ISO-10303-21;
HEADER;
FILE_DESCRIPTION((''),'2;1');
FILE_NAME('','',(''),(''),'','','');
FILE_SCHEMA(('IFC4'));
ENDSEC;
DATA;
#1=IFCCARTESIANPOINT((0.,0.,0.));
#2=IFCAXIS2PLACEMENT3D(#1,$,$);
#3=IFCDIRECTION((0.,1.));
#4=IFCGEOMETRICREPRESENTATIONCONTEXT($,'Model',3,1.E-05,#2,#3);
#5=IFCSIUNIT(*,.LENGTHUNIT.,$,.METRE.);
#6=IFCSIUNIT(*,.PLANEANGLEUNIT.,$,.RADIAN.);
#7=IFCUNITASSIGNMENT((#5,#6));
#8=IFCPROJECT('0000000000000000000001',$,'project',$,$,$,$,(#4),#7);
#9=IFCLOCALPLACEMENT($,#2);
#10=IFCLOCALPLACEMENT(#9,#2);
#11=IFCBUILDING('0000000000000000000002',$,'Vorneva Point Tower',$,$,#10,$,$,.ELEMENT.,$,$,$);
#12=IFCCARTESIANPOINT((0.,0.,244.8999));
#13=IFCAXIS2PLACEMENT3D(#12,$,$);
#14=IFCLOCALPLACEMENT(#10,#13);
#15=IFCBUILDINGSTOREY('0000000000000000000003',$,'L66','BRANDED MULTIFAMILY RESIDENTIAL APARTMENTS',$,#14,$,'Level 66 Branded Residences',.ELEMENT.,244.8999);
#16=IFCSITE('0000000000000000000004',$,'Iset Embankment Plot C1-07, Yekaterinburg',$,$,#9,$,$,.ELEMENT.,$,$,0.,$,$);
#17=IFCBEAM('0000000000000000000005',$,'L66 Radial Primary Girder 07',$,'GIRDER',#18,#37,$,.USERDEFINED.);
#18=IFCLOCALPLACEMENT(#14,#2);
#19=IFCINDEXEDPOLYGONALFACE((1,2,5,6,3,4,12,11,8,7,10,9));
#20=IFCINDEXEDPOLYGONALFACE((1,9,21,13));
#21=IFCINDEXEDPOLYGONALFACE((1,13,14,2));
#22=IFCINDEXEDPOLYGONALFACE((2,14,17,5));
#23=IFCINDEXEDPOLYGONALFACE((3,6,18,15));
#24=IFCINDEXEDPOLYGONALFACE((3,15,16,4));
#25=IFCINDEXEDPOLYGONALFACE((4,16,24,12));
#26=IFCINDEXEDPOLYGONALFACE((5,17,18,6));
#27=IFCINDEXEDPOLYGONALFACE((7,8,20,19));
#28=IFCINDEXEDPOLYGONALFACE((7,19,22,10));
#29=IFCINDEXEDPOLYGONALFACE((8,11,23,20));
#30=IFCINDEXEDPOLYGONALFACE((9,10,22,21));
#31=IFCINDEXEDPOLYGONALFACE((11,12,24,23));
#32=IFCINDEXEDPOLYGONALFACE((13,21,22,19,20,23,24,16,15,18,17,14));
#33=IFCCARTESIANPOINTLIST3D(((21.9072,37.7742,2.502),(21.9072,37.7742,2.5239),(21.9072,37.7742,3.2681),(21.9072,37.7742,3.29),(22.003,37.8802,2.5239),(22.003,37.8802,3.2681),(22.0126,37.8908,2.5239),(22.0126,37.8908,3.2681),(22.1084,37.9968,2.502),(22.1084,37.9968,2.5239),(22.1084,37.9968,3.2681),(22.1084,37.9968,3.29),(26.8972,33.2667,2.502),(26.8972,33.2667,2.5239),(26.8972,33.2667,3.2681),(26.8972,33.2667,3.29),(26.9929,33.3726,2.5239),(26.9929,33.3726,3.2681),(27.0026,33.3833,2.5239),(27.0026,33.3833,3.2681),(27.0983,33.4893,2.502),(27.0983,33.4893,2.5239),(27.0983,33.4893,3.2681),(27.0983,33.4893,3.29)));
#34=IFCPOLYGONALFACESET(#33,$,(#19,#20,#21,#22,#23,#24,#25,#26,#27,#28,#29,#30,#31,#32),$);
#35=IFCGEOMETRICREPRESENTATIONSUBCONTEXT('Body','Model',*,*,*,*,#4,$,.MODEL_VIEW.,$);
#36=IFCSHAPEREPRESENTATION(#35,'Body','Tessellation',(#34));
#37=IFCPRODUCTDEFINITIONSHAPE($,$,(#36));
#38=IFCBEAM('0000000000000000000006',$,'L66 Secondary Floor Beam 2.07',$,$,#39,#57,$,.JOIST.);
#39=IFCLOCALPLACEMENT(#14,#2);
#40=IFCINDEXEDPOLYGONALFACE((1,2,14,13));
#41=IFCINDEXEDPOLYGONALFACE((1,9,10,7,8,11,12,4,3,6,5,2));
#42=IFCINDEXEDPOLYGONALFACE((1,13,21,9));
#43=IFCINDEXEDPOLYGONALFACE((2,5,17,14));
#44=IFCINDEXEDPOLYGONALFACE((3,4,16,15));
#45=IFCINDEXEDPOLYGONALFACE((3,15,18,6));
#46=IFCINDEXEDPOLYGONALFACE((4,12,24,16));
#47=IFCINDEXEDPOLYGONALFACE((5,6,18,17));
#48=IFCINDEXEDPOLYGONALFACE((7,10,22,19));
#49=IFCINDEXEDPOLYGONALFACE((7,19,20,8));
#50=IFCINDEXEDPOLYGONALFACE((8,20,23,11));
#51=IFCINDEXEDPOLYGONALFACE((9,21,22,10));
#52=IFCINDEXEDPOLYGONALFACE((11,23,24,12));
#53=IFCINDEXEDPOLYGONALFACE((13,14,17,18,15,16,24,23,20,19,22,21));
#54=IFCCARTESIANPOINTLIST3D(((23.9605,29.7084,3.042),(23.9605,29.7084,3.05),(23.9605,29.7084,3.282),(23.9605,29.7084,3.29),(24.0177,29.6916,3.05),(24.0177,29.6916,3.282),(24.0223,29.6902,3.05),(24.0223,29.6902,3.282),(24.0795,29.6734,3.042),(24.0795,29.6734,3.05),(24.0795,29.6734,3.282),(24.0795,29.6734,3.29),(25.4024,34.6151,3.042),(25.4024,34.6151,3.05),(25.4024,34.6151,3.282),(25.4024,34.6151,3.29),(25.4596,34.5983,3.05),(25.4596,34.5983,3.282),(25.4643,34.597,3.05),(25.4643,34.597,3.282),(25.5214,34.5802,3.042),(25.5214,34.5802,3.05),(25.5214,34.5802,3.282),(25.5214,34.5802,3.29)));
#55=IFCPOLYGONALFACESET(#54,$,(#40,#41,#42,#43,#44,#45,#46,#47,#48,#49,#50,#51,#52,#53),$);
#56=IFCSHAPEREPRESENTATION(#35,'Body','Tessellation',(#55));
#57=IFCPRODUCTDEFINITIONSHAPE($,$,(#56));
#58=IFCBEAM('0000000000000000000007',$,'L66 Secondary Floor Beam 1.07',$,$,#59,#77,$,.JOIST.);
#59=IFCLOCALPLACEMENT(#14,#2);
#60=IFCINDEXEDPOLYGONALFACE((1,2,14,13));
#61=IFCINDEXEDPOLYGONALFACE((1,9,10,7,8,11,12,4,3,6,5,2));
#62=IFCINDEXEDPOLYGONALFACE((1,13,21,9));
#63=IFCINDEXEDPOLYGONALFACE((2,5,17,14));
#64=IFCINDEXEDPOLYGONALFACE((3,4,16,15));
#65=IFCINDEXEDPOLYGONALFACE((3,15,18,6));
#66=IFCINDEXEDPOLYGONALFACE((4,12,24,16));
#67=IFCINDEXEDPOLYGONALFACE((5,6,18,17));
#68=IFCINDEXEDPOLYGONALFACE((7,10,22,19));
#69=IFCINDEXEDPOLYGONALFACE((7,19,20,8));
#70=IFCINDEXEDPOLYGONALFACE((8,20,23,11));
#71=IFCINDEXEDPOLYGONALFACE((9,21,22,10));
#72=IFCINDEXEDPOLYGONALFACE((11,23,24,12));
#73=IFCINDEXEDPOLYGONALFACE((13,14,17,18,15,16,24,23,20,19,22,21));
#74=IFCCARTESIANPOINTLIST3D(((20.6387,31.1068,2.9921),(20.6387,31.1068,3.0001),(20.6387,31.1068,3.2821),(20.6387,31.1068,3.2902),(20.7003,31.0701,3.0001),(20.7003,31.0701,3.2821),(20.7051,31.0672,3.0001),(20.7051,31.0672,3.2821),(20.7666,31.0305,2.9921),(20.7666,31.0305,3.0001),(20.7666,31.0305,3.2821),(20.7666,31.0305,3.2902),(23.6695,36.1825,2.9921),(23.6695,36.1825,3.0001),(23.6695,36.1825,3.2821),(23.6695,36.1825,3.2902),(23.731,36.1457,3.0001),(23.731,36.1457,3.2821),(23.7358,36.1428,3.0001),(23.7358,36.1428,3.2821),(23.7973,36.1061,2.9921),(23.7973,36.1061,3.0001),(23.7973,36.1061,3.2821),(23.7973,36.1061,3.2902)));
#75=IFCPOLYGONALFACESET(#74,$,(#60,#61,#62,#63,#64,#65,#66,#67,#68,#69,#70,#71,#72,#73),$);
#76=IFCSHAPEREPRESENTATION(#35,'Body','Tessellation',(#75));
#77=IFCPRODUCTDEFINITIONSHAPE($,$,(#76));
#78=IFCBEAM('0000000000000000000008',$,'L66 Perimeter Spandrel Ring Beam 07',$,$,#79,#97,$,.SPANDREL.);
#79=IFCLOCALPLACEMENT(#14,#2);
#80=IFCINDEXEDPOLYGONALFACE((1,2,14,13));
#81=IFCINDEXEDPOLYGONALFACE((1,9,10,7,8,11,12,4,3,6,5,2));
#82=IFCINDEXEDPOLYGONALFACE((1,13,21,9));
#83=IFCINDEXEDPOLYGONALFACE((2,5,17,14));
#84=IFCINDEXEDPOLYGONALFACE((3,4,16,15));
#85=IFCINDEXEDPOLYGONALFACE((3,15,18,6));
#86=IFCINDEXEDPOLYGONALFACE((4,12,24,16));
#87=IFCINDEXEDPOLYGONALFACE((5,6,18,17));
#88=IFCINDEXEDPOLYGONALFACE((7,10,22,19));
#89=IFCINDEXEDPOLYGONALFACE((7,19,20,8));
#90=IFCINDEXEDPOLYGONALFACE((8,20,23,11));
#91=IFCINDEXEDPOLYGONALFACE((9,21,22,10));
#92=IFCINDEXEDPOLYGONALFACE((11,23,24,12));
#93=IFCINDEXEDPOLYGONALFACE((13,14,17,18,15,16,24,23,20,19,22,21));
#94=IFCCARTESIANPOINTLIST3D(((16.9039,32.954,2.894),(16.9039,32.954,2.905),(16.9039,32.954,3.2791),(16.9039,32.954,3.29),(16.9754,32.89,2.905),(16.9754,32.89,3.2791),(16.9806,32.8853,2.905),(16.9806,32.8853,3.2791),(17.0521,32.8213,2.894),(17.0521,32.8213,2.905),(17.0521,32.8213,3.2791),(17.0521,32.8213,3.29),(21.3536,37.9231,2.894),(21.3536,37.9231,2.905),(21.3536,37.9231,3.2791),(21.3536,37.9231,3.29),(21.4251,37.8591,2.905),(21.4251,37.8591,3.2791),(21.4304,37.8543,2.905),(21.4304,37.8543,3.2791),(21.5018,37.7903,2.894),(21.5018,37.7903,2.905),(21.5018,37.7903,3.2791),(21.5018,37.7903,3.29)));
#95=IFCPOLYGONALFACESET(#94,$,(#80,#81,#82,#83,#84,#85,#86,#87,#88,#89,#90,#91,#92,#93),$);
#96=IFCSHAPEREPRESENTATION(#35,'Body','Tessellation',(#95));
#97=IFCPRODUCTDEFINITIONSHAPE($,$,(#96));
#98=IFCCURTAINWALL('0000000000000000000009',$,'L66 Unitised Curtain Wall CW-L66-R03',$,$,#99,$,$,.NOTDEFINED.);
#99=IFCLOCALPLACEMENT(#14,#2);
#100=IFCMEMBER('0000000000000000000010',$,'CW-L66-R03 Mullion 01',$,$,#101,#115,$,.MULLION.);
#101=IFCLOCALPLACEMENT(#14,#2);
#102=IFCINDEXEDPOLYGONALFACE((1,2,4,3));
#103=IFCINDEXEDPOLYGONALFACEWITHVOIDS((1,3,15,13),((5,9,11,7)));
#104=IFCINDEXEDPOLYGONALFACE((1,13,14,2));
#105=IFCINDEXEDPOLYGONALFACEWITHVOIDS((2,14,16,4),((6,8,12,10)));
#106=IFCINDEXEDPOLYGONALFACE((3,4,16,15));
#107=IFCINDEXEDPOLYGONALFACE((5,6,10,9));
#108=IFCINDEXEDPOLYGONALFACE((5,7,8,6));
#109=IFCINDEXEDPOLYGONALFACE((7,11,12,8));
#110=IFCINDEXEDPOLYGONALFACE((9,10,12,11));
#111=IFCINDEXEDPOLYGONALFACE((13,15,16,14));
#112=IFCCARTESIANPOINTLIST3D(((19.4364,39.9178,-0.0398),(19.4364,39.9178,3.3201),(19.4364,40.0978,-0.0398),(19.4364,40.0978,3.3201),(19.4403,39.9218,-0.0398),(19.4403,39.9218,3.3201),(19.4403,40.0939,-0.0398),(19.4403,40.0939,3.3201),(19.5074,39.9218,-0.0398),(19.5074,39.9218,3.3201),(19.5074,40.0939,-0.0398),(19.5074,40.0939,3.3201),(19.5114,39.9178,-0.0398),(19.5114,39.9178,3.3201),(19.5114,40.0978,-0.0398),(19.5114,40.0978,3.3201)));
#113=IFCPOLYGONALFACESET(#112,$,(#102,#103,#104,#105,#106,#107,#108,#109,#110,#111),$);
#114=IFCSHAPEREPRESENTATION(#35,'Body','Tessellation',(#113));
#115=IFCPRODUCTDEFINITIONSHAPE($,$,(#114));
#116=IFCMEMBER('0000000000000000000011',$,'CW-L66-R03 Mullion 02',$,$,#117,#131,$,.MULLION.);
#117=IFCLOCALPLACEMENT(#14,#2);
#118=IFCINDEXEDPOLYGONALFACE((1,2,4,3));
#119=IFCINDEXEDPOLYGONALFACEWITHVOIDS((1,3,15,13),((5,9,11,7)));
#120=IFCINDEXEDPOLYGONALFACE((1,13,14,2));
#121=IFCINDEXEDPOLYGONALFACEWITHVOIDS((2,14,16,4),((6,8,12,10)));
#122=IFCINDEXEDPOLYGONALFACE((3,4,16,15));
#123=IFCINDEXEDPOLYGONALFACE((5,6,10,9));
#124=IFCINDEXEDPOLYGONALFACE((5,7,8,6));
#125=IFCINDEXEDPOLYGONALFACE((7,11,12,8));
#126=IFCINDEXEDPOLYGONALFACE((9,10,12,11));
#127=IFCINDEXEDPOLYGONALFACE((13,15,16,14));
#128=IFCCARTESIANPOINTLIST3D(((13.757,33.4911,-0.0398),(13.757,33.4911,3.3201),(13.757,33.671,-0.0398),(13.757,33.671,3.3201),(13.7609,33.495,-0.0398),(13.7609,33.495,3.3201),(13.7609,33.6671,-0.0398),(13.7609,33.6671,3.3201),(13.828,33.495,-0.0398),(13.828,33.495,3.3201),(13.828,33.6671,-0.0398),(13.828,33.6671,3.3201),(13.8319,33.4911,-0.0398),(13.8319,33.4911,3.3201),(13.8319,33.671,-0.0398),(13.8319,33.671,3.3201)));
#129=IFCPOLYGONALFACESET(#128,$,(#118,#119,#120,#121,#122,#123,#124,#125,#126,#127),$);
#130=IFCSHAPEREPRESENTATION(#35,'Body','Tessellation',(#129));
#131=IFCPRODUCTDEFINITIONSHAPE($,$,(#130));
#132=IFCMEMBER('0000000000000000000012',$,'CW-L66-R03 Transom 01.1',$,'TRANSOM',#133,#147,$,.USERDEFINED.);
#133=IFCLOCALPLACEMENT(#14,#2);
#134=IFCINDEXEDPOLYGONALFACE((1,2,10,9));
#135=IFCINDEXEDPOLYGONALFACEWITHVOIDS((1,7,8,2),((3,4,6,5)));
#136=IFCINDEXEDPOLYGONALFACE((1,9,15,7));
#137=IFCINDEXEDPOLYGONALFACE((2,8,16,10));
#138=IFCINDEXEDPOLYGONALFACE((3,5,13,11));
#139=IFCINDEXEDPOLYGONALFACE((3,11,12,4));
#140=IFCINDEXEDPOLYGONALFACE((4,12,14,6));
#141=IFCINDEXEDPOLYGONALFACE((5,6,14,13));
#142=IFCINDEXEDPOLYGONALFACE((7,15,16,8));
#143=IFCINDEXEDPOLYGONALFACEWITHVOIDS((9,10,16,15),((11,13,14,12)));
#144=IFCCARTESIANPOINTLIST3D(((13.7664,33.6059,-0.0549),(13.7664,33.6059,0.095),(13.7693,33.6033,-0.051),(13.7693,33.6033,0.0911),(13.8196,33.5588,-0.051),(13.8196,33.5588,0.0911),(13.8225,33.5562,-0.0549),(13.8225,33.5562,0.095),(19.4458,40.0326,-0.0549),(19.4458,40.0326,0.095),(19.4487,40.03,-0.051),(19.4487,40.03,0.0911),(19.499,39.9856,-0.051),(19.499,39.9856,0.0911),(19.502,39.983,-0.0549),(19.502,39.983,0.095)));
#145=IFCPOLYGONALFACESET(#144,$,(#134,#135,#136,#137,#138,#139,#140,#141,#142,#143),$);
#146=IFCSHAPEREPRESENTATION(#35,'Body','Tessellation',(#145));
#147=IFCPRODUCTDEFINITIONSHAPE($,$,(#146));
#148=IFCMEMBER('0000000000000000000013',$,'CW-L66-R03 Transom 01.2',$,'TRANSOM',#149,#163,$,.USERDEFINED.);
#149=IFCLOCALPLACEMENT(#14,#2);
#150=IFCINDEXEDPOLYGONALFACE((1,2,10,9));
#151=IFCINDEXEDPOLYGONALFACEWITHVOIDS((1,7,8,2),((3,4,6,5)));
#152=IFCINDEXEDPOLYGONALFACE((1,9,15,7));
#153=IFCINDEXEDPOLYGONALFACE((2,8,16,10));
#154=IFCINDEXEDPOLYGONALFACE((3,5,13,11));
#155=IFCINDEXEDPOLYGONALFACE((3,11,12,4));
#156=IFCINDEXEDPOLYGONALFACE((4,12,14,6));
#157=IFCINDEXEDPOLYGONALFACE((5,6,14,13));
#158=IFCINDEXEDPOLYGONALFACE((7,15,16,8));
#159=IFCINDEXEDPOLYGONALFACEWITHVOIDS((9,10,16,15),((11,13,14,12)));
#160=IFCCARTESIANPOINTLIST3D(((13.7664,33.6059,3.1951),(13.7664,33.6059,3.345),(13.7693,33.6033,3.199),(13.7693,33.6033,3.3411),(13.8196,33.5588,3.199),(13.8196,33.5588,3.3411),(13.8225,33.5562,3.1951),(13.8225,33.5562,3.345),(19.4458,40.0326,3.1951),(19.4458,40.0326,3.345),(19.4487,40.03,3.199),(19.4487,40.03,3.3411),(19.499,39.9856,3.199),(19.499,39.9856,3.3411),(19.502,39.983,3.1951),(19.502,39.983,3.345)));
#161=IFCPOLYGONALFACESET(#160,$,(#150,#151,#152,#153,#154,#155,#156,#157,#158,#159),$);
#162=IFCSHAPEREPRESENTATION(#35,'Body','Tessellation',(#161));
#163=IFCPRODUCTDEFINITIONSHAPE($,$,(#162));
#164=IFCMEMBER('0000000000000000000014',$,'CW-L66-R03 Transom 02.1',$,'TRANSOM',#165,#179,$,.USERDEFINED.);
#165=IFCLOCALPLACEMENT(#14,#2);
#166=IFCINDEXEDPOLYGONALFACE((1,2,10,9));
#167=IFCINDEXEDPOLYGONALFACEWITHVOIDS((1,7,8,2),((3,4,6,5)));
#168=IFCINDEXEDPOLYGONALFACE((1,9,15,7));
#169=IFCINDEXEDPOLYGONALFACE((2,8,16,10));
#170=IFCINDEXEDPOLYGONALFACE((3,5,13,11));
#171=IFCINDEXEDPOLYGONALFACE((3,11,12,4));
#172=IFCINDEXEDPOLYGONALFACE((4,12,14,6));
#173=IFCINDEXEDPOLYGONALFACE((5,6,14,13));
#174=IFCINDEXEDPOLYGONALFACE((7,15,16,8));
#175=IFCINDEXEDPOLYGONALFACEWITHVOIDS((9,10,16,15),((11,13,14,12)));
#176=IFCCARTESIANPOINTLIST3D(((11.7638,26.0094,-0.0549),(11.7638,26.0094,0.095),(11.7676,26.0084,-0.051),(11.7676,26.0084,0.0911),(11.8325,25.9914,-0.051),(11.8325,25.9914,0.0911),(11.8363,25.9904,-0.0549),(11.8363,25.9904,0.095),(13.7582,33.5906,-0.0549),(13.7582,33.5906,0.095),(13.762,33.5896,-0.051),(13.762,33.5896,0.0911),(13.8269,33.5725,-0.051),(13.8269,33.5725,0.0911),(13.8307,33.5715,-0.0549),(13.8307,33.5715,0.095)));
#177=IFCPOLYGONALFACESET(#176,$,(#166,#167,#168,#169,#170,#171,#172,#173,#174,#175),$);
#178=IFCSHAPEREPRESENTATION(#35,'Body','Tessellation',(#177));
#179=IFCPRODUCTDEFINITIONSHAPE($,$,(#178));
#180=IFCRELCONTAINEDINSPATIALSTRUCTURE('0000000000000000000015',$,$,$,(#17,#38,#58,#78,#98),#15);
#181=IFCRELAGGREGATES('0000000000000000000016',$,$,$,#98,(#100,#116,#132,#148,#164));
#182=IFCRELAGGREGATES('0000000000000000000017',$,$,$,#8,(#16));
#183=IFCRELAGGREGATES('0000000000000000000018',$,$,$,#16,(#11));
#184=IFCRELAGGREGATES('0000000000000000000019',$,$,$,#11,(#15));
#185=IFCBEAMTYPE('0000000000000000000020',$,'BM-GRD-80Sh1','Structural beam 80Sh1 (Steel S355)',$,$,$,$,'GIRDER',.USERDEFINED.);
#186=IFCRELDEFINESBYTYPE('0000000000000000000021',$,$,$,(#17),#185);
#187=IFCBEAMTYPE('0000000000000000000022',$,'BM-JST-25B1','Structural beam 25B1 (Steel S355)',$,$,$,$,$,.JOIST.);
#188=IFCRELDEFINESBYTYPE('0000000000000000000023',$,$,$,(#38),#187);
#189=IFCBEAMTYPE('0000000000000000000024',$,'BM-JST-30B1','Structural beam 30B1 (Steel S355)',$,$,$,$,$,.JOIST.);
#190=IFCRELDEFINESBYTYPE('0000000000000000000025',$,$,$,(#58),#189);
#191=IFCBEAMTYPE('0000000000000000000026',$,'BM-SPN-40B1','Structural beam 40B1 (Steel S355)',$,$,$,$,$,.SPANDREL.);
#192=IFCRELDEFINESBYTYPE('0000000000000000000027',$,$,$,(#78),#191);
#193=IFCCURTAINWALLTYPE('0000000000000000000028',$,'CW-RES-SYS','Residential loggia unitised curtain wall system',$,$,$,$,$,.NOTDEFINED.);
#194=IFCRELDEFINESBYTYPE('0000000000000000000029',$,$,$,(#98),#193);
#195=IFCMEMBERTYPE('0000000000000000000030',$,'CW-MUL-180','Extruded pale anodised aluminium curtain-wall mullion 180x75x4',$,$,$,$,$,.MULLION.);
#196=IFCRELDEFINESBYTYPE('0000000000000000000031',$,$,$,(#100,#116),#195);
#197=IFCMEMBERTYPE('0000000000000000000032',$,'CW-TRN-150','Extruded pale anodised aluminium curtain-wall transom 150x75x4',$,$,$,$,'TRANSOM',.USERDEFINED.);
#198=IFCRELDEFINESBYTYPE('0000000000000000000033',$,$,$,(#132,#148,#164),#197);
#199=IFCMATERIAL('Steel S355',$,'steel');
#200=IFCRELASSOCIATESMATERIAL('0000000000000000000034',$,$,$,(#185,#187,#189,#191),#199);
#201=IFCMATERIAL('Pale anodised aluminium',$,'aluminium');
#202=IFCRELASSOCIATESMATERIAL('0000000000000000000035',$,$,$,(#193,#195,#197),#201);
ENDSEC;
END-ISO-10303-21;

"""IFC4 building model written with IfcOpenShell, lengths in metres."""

from ifc_helpers import new_model, si_unit, direction, frame, origin, origin_2d, place, context, subcontext, project, spatial, hollow_rectangle, i_section, extrude, material, material_profile, profile_set, type_object, element, aggregate, save


model = new_model("IFC4")

# Units and contexts
model_context = context("Model", 3, precision=1e-05, world=origin(), true_north=direction((0.0, 1.0)))
body_context = subcontext(model_context, "Body", "Model", "MODEL_VIEW")
ifc_project = project(units=[si_unit("LENGTHUNIT", "METRE"), si_unit("PLANEANGLEUNIT", "RADIAN")], contexts=[model_context])

# Site, building, storey
site_placement = place(None, origin())
site = spatial("IfcSite", under=ifc_project, at=site_placement, Name="Iset Embankment Plot C1-07, Yekaterinburg", CompositionType="ELEMENT", RefElevation=0.0)
building_placement = place(site_placement, origin())
building = spatial("IfcBuilding", under=site, at=building_placement, Name="Vorneva Point Tower", CompositionType="ELEMENT")
storey_placement = place(building_placement, frame((0.0, 0.0, 244.8999)))
storey = spatial("IfcBuildingStorey", under=building, at=storey_placement, Name="L66", Description="BRANDED MULTIFAMILY RESIDENTIAL APARTMENTS", LongName="Level 66 Branded Residences", CompositionType="ELEMENT", Elevation=244.8999)

# Beams
ifc_material_1 = material(Name="Steel S355", Category="steel")
ifc_material_profile_1 = material_profile(ifc_material_1, i_section(OverallWidth=0.3, OverallDepth=0.7881, WebThickness=0.0144, FlangeThickness=0.022, at=origin_2d()), Name="80Sh1")
ifc_profile_set_1 = profile_set([ifc_material_profile_1], Name="Steel S355")
beam_type_1 = type_object("IfcBeamType", Name="BM-GRD-80Sh1", Description="Structural beam 80Sh1 (Steel S355)", ElementType="GIRDER", PredefinedType="USERDEFINED", material=ifc_profile_set_1)
beam_1_placement = place(storey_placement, frame((22.0078, 37.8855, 2.896), z_axis=(0.742067, -0.670326, 0.0), x_axis=(0.670326, 0.742067, 0.0)))
element("IfcBeam", 1, at=beam_1_placement, inside=storey, type_object=beam_type_1, Name="L66 Radial Primary Girder 07", ObjectType="GIRDER", PredefinedType="USERDEFINED", context=body_context, shape_type="SweptSolid", body=[
    extrude(i_section(OverallWidth=0.3, OverallDepth=0.7881, WebThickness=0.0144, FlangeThickness=0.022, at=origin_2d()), origin(), (0.0, 0.0, 1.0), 6.7244),
])
ifc_material_profile_2 = material_profile(ifc_material_1, i_section(OverallWidth=0.124, OverallDepth=0.248, WebThickness=0.0049, FlangeThickness=0.0081, at=origin_2d()), Name="25B1")
ifc_profile_set_2 = profile_set([ifc_material_profile_2], Name="Steel S355")
beam_type_2 = type_object("IfcBeamType", Name="BM-JST-25B1", Description="Structural beam 25B1 (Steel S355)", PredefinedType="JOIST", material=ifc_profile_set_2)
beam_2_placement = place(storey_placement, frame((25.4619, 34.5977, 3.166), z_axis=(-0.281939, -0.959432, 0.0), x_axis=(0.959432, -0.281939, 0.0)))
element("IfcBeam", 2, at=beam_2_placement, inside=storey, type_object=beam_type_2, Name="L66 Secondary Floor Beam 2.07", PredefinedType="JOIST", context=body_context, shape_type="SweptSolid", body=[
    extrude(i_section(OverallWidth=0.124, OverallDepth=0.248, WebThickness=0.0049, FlangeThickness=0.0081, at=origin_2d()), origin(), (0.0, 0.0, 1.0), 5.1143),
])
ifc_material_profile_3 = material_profile(ifc_material_1, i_section(OverallWidth=0.1489, OverallDepth=0.2981, WebThickness=0.0056, FlangeThickness=0.0081, at=origin_2d()), Name="30B1")
ifc_profile_set_3 = profile_set([ifc_material_profile_3], Name="Steel S355")
beam_type_3 = type_object("IfcBeamType", Name="BM-JST-30B1", Description="Structural beam 30B1 (Steel S355)", PredefinedType="JOIST", material=ifc_profile_set_3)
beam_3_placement = place(storey_placement, frame((23.7334, 36.1443, 3.1411), z_axis=(-0.512673, -0.858584, 0.0), x_axis=(0.858584, -0.512673, 0.0)))
element("IfcBeam", 3, at=beam_3_placement, inside=storey, type_object=beam_type_3, Name="L66 Secondary Floor Beam 1.07", PredefinedType="JOIST", context=body_context, shape_type="SweptSolid", body=[
    extrude(i_section(OverallWidth=0.1489, OverallDepth=0.2981, WebThickness=0.0056, FlangeThickness=0.0081, at=origin_2d()), origin(), (0.0, 0.0, 1.0), 5.9116),
])
ifc_material_profile_4 = material_profile(ifc_material_1, i_section(OverallWidth=0.199, OverallDepth=0.396, WebThickness=0.0071, FlangeThickness=0.011, at=origin_2d()), Name="40B1")
ifc_profile_set_4 = profile_set([ifc_material_profile_4], Name="Steel S355")
beam_type_4 = type_object("IfcBeamType", Name="BM-SPN-40B1", Description="Structural beam 40B1 (Steel S355)", PredefinedType="SPANDREL", material=ifc_profile_set_4)
beam_4_placement = place(storey_placement, frame((21.4277, 37.8567, 3.092), z_axis=(-0.667108, -0.744961, 0.0), x_axis=(0.744961, -0.667108, 0.0)))
element("IfcBeam", 4, at=beam_4_placement, inside=storey, type_object=beam_type_4, Name="L66 Perimeter Spandrel Ring Beam 07", PredefinedType="SPANDREL", context=body_context, shape_type="SweptSolid", body=[
    extrude(i_section(OverallWidth=0.199, OverallDepth=0.396, WebThickness=0.0071, FlangeThickness=0.011, at=origin_2d()), origin(), (0.0, 0.0, 1.0), 6.6702),
])

# Curtain wall, members
ifc_material_2 = material(Name="Pale anodised aluminium", Category="aluminium")
curtain_wall_type = type_object("IfcCurtainWallType", Name="CW-RES-SYS", Description="Residential loggia unitised curtain wall system", PredefinedType="NOTDEFINED", material=ifc_material_2)
curtain_wall_placement = place(storey_placement, origin())
curtain_wall = element("IfcCurtainWall", 5, at=curtain_wall_placement, inside=storey, type_object=curtain_wall_type, Name="L66 Unitised Curtain Wall CW-L66-R03", PredefinedType="NOTDEFINED")
ifc_material_profile_5 = material_profile(ifc_material_2, hollow_rectangle(XDim=0.075, YDim=0.1799, WallThickness=0.0039, at=origin_2d()), Name="AL-MUL 180x75x4")
ifc_profile_set_5 = profile_set([ifc_material_profile_5], Name="Pale anodised aluminium")
member_type_1 = type_object("IfcMemberType", Name="CW-MUL-180", Description="Extruded pale anodised aluminium curtain-wall mullion 180x75x4", PredefinedType="MULLION", material=ifc_profile_set_5)
member_1_placement = place(storey_placement, frame((19.4739, 40.0078, -0.0398), z_axis=(0.0, 0.0, 1.0), x_axis=(1.0, 0.0, 0.0)))
member_1 = element("IfcMember", 6, at=member_1_placement, type_object=member_type_1, Name="CW-L66-R03 Mullion 01", PredefinedType="MULLION", context=body_context, shape_type="SweptSolid", body=[
    extrude(hollow_rectangle(XDim=0.075, YDim=0.1799, WallThickness=0.0039, at=origin_2d()), origin(), (0.0, 0.0, 1.0), 3.3599),
])
member_2_placement = place(storey_placement, frame((13.7944, 33.5811, -0.0398), z_axis=(0.0, 0.0, 1.0), x_axis=(1.0, 0.0, 0.0)))
member_2 = element("IfcMember", 7, at=member_2_placement, type_object=member_type_1, Name="CW-L66-R03 Mullion 02", PredefinedType="MULLION", context=body_context, shape_type="SweptSolid", body=[
    extrude(hollow_rectangle(XDim=0.075, YDim=0.1799, WallThickness=0.0039, at=origin_2d()), origin(), (0.0, 0.0, 1.0), 3.3599),
])
ifc_material_profile_6 = material_profile(ifc_material_2, hollow_rectangle(XDim=0.075, YDim=0.1499, WallThickness=0.0039, at=origin_2d()), Name="AL-TRN 150x75x4")
ifc_profile_set_6 = profile_set([ifc_material_profile_6], Name="Pale anodised aluminium")
member_type_2 = type_object("IfcMemberType", Name="CW-TRN-150", Description="Extruded pale anodised aluminium curtain-wall transom 150x75x4", ElementType="TRANSOM", PredefinedType="USERDEFINED", material=ifc_profile_set_6)
member_3_placement = place(storey_placement, frame((19.4739, 40.0078, 0.02), z_axis=(-0.662197, -0.74933, 0.0), x_axis=(0.74933, -0.662197, 0.0)))
member_3 = element("IfcMember", 8, at=member_3_placement, type_object=member_type_2, Name="CW-L66-R03 Transom 01.1", ObjectType="TRANSOM", PredefinedType="USERDEFINED", context=body_context, shape_type="SweptSolid", body=[
    extrude(hollow_rectangle(XDim=0.075, YDim=0.1499, WallThickness=0.0039, at=origin_2d()), origin(), (0.0, 0.0, 1.0), 8.5767),
])
member_4_placement = place(storey_placement, frame((19.4739, 40.0078, 3.27), z_axis=(-0.662197, -0.74933, 0.0), x_axis=(0.74933, -0.662197, 0.0)))
member_4 = element("IfcMember", 9, at=member_4_placement, type_object=member_type_2, Name="CW-L66-R03 Transom 01.2", ObjectType="TRANSOM", PredefinedType="USERDEFINED", context=body_context, shape_type="SweptSolid", body=[
    extrude(hollow_rectangle(XDim=0.075, YDim=0.1499, WallThickness=0.0039, at=origin_2d()), origin(), (0.0, 0.0, 1.0), 8.5767),
])
member_5_placement = place(storey_placement, frame((13.7944, 33.5811, 0.02), z_axis=(-0.254418, -0.967094, 0.0), x_axis=(0.967094, -0.254418, 0.0)))
member_5 = element("IfcMember", 10, at=member_5_placement, type_object=member_type_2, Name="CW-L66-R03 Transom 02.1", ObjectType="TRANSOM", PredefinedType="USERDEFINED", context=body_context, shape_type="SweptSolid", body=[
    extrude(hollow_rectangle(XDim=0.075, YDim=0.1499, WallThickness=0.0039, at=origin_2d()), origin(), (0.0, 0.0, 1.0), 7.8391),
])
aggregate(curtain_wall, [member_1, member_2, member_3, member_4, member_5])

save(model, "model.ifc")
